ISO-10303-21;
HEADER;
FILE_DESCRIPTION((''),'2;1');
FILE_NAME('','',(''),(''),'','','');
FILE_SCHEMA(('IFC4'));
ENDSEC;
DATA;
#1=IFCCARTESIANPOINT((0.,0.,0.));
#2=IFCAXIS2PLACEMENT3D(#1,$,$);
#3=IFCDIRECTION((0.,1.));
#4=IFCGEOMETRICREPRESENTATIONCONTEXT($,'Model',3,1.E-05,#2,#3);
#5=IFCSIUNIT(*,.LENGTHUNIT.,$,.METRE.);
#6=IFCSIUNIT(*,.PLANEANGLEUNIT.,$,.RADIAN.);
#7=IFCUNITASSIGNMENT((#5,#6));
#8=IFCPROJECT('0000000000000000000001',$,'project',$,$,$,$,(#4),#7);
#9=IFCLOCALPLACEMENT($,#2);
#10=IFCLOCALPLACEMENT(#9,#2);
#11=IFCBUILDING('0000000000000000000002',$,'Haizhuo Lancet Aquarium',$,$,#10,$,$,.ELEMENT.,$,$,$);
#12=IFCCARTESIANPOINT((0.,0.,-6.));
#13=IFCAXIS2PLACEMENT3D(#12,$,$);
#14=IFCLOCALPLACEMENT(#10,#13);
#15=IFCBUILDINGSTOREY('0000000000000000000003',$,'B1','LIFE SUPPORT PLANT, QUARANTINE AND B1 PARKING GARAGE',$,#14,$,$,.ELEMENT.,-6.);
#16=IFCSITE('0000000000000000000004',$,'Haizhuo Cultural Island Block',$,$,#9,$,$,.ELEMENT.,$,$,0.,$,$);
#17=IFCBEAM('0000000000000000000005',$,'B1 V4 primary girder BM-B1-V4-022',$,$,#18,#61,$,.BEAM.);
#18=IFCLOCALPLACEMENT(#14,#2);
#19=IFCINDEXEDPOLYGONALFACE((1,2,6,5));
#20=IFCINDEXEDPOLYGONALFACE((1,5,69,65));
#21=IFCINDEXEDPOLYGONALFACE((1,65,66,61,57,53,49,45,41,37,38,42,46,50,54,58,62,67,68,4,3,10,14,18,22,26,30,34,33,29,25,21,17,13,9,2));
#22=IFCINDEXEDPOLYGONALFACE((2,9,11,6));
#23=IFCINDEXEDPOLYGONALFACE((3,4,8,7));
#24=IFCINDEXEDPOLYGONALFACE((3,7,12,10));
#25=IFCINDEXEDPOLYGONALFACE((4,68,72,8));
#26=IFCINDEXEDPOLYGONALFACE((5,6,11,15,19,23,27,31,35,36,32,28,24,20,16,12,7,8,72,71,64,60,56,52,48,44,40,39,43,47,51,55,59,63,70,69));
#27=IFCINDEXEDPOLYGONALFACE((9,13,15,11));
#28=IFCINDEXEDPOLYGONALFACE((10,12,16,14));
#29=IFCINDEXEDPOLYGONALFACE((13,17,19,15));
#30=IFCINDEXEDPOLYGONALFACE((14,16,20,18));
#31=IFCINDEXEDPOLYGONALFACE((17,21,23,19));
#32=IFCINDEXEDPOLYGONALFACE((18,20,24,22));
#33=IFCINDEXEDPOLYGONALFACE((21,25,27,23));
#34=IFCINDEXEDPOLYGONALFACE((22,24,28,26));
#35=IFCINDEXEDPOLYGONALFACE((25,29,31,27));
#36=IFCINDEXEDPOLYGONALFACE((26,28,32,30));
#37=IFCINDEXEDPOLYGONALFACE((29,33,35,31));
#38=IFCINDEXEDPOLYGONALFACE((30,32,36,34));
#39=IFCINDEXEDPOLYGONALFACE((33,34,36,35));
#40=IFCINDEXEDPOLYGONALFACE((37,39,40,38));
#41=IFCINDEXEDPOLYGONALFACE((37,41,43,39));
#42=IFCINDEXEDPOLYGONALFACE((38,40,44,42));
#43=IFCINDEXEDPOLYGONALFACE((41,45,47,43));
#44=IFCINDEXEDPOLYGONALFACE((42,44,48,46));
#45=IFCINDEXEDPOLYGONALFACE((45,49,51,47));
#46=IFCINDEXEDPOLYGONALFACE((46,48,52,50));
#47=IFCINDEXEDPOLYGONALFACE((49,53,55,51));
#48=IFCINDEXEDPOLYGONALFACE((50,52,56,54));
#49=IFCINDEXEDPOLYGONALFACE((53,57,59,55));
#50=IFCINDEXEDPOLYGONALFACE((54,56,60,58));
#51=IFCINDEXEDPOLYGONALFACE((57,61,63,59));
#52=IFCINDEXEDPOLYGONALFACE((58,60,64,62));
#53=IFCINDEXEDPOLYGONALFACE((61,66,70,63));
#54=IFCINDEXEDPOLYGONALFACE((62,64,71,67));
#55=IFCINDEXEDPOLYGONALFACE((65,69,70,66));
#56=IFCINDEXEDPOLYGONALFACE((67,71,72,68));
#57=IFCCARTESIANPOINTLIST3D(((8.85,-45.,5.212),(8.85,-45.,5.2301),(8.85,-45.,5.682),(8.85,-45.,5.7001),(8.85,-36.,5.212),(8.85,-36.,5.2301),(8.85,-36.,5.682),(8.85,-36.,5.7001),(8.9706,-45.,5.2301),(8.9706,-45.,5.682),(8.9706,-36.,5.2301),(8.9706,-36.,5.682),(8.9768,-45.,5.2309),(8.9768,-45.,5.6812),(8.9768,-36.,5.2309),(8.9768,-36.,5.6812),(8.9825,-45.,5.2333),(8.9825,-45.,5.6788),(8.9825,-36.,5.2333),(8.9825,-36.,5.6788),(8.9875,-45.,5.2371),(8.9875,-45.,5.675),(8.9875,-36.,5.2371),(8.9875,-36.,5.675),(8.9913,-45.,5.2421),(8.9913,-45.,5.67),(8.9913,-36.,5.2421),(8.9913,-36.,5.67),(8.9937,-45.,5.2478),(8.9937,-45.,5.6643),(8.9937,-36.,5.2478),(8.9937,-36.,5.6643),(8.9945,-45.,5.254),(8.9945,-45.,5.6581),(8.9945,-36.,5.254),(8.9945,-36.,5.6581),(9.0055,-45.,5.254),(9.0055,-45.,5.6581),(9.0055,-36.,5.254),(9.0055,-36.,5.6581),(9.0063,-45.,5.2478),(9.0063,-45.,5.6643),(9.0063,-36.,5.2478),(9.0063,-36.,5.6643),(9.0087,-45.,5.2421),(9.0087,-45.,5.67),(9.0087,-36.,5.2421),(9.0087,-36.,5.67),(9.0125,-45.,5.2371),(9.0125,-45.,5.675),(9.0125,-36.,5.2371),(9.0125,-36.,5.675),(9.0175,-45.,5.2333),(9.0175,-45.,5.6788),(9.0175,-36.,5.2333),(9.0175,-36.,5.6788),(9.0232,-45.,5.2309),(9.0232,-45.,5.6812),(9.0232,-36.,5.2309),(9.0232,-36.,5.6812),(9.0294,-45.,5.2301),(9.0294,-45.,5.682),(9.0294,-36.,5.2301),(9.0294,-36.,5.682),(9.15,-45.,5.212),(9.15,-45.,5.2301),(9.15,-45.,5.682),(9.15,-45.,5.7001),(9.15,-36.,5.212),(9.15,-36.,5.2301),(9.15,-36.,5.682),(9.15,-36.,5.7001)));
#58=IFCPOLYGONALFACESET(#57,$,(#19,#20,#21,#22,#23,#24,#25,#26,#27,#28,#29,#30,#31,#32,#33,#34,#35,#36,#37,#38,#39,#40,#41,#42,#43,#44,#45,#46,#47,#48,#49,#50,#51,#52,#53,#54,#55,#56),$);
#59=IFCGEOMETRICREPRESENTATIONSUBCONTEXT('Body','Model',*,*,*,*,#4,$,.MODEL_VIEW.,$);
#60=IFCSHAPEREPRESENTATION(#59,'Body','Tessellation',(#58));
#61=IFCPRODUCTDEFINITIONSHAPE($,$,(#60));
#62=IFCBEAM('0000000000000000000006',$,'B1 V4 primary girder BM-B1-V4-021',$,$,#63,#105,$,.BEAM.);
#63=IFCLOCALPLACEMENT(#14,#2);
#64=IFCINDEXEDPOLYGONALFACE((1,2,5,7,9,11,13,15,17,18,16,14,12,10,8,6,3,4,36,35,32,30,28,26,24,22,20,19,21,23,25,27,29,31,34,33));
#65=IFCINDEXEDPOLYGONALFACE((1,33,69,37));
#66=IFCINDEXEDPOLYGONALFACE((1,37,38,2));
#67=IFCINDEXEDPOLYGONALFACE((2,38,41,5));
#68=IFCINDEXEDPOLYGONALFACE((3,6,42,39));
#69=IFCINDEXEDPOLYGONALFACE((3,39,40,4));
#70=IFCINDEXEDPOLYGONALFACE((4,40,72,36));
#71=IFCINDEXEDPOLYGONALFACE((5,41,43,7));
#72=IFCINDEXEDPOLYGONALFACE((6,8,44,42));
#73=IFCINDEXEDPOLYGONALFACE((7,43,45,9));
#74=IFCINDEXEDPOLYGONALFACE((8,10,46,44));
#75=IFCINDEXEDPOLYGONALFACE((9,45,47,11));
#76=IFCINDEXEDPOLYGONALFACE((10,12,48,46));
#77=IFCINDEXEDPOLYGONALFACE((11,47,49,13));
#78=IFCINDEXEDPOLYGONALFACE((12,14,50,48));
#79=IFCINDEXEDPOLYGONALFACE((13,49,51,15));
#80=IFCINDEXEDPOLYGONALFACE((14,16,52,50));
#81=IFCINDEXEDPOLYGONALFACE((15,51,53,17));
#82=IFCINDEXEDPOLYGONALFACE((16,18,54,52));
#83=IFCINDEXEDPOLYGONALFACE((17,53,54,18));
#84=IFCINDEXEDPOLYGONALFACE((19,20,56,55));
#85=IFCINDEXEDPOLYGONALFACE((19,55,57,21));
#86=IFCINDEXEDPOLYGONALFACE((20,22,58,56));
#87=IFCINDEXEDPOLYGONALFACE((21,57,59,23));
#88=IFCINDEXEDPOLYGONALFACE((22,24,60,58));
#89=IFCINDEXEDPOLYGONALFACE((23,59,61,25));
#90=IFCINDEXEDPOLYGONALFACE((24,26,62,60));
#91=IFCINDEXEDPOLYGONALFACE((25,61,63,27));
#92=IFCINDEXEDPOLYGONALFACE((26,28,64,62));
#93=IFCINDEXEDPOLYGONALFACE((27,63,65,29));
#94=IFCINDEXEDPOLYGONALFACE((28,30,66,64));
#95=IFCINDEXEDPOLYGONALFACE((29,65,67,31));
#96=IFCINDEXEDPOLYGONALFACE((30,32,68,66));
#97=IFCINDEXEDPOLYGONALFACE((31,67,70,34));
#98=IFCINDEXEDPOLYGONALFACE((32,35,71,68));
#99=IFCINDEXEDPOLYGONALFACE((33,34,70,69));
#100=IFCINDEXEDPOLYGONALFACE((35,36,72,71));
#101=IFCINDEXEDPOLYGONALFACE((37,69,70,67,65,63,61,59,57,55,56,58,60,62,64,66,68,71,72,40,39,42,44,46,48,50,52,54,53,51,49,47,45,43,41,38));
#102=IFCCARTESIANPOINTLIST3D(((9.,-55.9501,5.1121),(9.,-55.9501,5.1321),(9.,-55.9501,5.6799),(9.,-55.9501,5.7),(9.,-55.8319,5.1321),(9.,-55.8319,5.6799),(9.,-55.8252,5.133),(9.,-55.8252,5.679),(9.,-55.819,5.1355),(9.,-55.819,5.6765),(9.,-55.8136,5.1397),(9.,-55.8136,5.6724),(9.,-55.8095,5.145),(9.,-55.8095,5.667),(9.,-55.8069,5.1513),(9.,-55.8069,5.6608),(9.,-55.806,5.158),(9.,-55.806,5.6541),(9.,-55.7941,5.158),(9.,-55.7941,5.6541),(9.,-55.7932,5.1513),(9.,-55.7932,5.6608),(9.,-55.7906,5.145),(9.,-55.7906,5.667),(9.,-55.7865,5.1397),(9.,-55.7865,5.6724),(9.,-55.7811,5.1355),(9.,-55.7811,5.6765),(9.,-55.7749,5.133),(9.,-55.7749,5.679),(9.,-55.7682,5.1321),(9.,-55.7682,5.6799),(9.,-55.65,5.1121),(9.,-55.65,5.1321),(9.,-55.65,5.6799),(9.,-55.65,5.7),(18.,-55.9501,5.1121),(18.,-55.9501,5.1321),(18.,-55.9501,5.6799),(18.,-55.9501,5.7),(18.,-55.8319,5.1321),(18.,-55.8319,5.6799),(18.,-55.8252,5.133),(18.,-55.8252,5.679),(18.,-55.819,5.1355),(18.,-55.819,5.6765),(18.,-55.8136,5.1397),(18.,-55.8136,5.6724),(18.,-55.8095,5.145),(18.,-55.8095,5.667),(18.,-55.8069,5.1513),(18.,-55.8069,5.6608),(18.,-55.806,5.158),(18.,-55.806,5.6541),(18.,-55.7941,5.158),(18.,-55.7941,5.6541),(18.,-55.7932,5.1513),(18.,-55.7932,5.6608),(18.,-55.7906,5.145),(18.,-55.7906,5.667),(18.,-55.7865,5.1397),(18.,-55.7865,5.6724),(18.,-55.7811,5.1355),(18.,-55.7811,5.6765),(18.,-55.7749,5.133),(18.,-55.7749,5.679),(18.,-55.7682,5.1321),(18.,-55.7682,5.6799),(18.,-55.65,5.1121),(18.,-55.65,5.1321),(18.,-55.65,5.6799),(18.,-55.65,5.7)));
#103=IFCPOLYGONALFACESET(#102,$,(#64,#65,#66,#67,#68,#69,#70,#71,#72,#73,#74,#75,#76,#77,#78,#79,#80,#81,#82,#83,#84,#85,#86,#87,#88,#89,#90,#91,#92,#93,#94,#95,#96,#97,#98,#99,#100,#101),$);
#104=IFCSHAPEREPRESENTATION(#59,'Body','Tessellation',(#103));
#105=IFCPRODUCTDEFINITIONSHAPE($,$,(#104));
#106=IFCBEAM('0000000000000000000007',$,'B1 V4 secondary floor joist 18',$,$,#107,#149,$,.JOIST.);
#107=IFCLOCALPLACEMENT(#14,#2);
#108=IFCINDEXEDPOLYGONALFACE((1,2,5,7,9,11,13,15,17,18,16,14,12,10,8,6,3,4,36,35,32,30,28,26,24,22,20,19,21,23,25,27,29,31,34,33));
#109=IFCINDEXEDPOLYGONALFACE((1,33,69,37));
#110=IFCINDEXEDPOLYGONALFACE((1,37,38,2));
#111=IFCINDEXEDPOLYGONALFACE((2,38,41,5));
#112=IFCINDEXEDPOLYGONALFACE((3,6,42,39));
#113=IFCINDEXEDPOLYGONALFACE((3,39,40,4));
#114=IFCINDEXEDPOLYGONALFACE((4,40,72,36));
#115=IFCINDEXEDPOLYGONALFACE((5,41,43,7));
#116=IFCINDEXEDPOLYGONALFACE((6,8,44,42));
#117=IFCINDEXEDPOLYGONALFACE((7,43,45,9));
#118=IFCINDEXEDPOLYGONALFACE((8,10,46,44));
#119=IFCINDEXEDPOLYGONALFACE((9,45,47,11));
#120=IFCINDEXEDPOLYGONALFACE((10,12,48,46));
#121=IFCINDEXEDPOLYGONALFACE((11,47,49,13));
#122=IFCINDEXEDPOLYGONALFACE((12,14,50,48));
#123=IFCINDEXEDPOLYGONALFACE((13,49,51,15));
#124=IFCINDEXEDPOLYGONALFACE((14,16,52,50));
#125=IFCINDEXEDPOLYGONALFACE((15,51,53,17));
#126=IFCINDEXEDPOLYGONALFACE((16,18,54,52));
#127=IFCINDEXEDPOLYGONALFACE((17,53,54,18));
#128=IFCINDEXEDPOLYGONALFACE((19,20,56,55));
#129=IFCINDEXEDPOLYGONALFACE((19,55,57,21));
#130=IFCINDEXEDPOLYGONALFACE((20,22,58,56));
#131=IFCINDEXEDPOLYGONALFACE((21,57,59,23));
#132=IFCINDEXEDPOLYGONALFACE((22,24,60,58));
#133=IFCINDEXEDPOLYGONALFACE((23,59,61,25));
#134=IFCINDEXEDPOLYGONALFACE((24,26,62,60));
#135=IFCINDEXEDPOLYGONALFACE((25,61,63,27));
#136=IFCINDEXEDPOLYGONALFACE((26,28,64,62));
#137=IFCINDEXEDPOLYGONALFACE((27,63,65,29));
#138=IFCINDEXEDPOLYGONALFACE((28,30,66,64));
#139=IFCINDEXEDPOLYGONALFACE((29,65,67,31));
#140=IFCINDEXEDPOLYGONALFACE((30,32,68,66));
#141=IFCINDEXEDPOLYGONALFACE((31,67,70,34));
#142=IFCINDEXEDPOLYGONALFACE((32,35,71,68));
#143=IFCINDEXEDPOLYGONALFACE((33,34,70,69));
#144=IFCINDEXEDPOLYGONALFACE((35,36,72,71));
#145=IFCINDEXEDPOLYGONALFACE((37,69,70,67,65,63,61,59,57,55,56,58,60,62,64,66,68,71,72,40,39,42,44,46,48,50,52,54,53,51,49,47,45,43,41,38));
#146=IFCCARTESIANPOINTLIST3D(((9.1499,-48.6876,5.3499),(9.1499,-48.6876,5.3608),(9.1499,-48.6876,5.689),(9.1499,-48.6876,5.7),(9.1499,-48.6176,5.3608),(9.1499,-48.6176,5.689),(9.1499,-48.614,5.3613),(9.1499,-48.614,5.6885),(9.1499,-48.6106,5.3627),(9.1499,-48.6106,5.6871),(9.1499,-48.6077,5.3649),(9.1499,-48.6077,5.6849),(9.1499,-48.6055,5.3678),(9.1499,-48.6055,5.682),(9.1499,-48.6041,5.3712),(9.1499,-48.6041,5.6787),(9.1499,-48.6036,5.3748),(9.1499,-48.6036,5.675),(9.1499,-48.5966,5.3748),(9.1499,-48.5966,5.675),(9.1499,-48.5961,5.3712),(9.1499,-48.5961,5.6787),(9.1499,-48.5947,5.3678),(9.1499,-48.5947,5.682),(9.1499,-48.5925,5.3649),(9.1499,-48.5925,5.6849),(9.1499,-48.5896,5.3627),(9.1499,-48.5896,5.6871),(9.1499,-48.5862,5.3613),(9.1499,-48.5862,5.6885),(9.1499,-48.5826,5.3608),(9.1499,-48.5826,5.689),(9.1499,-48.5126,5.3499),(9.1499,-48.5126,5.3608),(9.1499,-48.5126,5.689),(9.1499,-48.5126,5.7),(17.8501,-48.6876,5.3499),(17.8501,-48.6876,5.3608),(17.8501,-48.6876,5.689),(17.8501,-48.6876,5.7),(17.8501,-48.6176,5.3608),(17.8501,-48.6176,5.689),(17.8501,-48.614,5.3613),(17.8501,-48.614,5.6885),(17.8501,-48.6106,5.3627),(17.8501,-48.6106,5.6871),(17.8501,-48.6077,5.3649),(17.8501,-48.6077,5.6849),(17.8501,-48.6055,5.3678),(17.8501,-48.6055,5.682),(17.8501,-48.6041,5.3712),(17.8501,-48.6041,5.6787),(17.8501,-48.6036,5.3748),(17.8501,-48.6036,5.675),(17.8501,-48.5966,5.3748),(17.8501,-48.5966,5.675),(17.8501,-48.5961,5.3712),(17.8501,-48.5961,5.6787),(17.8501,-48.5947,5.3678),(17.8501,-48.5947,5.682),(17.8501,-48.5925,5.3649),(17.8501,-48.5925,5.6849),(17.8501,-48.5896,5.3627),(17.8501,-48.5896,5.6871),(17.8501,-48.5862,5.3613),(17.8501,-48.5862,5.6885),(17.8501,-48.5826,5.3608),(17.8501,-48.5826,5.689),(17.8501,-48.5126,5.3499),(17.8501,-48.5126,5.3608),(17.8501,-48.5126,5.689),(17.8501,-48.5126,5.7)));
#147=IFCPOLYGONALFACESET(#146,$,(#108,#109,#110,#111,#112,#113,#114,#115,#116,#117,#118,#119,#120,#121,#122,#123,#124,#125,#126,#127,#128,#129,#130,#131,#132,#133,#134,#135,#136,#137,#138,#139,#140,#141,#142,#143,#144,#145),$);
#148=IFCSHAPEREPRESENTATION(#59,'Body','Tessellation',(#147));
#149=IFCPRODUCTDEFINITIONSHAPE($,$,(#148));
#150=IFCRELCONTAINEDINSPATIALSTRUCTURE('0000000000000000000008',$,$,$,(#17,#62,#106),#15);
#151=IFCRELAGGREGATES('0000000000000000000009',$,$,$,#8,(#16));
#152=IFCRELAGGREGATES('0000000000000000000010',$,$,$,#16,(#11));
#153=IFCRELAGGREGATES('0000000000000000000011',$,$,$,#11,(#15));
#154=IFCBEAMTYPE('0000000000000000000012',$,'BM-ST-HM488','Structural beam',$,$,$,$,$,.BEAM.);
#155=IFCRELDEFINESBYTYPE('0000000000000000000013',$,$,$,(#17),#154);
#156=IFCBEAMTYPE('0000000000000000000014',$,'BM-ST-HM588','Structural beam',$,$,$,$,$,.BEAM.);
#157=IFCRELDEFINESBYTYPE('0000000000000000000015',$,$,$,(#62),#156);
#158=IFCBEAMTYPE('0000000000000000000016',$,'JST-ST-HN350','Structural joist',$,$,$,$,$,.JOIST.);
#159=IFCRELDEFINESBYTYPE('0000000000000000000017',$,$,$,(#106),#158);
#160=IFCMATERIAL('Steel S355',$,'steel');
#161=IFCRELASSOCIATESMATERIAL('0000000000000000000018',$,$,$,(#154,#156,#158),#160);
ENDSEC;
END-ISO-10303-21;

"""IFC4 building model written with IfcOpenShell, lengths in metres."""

from ifc_helpers import new_model, si_unit, direction, frame, origin, origin_2d, place, context, subcontext, project, spatial, i_section, extrude, material, material_profile, profile_set, type_object, element, save


model = new_model("IFC4")

# Units and contexts
model_context = context("Model", 3, precision=1e-05, world=origin(), true_north=direction((0.0, 1.0)))
body_context = subcontext(model_context, "Body", "Model", "MODEL_VIEW")
ifc_project = project(units=[si_unit("LENGTHUNIT", "METRE"), si_unit("PLANEANGLEUNIT", "RADIAN")], contexts=[model_context])

# Site, building, storey
site_placement = place(None, origin())
site = spatial("IfcSite", under=ifc_project, at=site_placement, Name="Haizhuo Cultural Island Block", CompositionType="ELEMENT", RefElevation=0.0)
building_placement = place(site_placement, origin())
building = spatial("IfcBuilding", under=site, at=building_placement, Name="Haizhuo Lancet Aquarium", CompositionType="ELEMENT")
storey_placement = place(building_placement, frame((0.0, 0.0, -6.0)))
storey = spatial("IfcBuildingStorey", under=building, at=storey_placement, Name="B1", Description="LIFE SUPPORT PLANT, QUARANTINE AND B1 PARKING GARAGE", CompositionType="ELEMENT", Elevation=-6.0)

# Beams
ifc_material_1 = material(Name="Steel S355", Category="steel")
ifc_material_profile_1 = material_profile(ifc_material_1, i_section(OverallWidth=0.3, OverallDepth=0.488, WebThickness=0.011, FlangeThickness=0.0181, FilletRadius=0.0239, at=origin_2d()), Name="HM 488x300x11x18")
ifc_profile_set_1 = profile_set([ifc_material_profile_1], Name="Steel S355")
beam_type_1 = type_object("IfcBeamType", Name="BM-ST-HM488", Description="Structural beam", PredefinedType="BEAM", material=ifc_profile_set_1)
beam_1_placement = place(storey_placement, frame((9.0, -45.0, 5.4561), z_axis=(0.0, 1.0, 0.0), x_axis=(-1.0, 0.0, 0.0)))
element("IfcBeam", 1, at=beam_1_placement, inside=storey, type_object=beam_type_1, Name="B1 V4 primary girder BM-B1-V4-022", PredefinedType="BEAM", context=body_context, shape_type="SweptSolid", body=[
    extrude(i_section(OverallWidth=0.3, OverallDepth=0.488, WebThickness=0.011, FlangeThickness=0.0181, FilletRadius=0.0239, at=origin_2d()), origin(), (0.0, 0.0, 1.0), 9.0),
])
ifc_material_profile_2 = material_profile(ifc_material_1, i_section(OverallWidth=0.3, OverallDepth=0.5879, WebThickness=0.012, FlangeThickness=0.02, FilletRadius=0.0259, at=origin_2d()), Name="HM 588x300x12x20")
ifc_profile_set_2 = profile_set([ifc_material_profile_2], Name="Steel S355")
beam_type_2 = type_object("IfcBeamType", Name="BM-ST-HM588", Description="Structural beam", PredefinedType="BEAM", material=ifc_profile_set_2)
beam_2_placement = place(storey_placement, frame((9.0, -55.8, 5.406), z_axis=(1.0, 0.0, 0.0), x_axis=(0.0, 1.0, 0.0)))
element("IfcBeam", 2, at=beam_2_placement, inside=storey, type_object=beam_type_2, Name="B1 V4 primary girder BM-B1-V4-021", PredefinedType="BEAM", context=body_context, shape_type="SweptSolid", body=[
    extrude(i_section(OverallWidth=0.3, OverallDepth=0.5879, WebThickness=0.012, FlangeThickness=0.02, FilletRadius=0.0259, at=origin_2d()), origin(), (0.0, 0.0, 1.0), 9.0),
])
ifc_material_profile_3 = material_profile(ifc_material_1, i_section(OverallWidth=0.175, OverallDepth=0.3501, WebThickness=0.0071, FlangeThickness=0.011, FilletRadius=0.0139, at=origin_2d()), Name="HN 350x175x7x11")
ifc_profile_set_3 = profile_set([ifc_material_profile_3], Name="Steel S355")
beam_type_3 = type_object("IfcBeamType", Name="JST-ST-HN350", Description="Structural joist", PredefinedType="JOIST", material=ifc_profile_set_3)
beam_3_placement = place(storey_placement, frame((9.1499, -48.6001, 5.5249), z_axis=(1.0, 0.0, 0.0), x_axis=(0.0, 1.0, 0.0)))
element("IfcBeam", 3, at=beam_3_placement, inside=storey, type_object=beam_type_3, Name="B1 V4 secondary floor joist 18", PredefinedType="JOIST", context=body_context, shape_type="SweptSolid", body=[
    extrude(i_section(OverallWidth=0.175, OverallDepth=0.3501, WebThickness=0.0071, FlangeThickness=0.011, FilletRadius=0.0139, at=origin_2d()), origin(), (0.0, 0.0, 1.0), 8.7002),
])

save(model, "model.ifc")
